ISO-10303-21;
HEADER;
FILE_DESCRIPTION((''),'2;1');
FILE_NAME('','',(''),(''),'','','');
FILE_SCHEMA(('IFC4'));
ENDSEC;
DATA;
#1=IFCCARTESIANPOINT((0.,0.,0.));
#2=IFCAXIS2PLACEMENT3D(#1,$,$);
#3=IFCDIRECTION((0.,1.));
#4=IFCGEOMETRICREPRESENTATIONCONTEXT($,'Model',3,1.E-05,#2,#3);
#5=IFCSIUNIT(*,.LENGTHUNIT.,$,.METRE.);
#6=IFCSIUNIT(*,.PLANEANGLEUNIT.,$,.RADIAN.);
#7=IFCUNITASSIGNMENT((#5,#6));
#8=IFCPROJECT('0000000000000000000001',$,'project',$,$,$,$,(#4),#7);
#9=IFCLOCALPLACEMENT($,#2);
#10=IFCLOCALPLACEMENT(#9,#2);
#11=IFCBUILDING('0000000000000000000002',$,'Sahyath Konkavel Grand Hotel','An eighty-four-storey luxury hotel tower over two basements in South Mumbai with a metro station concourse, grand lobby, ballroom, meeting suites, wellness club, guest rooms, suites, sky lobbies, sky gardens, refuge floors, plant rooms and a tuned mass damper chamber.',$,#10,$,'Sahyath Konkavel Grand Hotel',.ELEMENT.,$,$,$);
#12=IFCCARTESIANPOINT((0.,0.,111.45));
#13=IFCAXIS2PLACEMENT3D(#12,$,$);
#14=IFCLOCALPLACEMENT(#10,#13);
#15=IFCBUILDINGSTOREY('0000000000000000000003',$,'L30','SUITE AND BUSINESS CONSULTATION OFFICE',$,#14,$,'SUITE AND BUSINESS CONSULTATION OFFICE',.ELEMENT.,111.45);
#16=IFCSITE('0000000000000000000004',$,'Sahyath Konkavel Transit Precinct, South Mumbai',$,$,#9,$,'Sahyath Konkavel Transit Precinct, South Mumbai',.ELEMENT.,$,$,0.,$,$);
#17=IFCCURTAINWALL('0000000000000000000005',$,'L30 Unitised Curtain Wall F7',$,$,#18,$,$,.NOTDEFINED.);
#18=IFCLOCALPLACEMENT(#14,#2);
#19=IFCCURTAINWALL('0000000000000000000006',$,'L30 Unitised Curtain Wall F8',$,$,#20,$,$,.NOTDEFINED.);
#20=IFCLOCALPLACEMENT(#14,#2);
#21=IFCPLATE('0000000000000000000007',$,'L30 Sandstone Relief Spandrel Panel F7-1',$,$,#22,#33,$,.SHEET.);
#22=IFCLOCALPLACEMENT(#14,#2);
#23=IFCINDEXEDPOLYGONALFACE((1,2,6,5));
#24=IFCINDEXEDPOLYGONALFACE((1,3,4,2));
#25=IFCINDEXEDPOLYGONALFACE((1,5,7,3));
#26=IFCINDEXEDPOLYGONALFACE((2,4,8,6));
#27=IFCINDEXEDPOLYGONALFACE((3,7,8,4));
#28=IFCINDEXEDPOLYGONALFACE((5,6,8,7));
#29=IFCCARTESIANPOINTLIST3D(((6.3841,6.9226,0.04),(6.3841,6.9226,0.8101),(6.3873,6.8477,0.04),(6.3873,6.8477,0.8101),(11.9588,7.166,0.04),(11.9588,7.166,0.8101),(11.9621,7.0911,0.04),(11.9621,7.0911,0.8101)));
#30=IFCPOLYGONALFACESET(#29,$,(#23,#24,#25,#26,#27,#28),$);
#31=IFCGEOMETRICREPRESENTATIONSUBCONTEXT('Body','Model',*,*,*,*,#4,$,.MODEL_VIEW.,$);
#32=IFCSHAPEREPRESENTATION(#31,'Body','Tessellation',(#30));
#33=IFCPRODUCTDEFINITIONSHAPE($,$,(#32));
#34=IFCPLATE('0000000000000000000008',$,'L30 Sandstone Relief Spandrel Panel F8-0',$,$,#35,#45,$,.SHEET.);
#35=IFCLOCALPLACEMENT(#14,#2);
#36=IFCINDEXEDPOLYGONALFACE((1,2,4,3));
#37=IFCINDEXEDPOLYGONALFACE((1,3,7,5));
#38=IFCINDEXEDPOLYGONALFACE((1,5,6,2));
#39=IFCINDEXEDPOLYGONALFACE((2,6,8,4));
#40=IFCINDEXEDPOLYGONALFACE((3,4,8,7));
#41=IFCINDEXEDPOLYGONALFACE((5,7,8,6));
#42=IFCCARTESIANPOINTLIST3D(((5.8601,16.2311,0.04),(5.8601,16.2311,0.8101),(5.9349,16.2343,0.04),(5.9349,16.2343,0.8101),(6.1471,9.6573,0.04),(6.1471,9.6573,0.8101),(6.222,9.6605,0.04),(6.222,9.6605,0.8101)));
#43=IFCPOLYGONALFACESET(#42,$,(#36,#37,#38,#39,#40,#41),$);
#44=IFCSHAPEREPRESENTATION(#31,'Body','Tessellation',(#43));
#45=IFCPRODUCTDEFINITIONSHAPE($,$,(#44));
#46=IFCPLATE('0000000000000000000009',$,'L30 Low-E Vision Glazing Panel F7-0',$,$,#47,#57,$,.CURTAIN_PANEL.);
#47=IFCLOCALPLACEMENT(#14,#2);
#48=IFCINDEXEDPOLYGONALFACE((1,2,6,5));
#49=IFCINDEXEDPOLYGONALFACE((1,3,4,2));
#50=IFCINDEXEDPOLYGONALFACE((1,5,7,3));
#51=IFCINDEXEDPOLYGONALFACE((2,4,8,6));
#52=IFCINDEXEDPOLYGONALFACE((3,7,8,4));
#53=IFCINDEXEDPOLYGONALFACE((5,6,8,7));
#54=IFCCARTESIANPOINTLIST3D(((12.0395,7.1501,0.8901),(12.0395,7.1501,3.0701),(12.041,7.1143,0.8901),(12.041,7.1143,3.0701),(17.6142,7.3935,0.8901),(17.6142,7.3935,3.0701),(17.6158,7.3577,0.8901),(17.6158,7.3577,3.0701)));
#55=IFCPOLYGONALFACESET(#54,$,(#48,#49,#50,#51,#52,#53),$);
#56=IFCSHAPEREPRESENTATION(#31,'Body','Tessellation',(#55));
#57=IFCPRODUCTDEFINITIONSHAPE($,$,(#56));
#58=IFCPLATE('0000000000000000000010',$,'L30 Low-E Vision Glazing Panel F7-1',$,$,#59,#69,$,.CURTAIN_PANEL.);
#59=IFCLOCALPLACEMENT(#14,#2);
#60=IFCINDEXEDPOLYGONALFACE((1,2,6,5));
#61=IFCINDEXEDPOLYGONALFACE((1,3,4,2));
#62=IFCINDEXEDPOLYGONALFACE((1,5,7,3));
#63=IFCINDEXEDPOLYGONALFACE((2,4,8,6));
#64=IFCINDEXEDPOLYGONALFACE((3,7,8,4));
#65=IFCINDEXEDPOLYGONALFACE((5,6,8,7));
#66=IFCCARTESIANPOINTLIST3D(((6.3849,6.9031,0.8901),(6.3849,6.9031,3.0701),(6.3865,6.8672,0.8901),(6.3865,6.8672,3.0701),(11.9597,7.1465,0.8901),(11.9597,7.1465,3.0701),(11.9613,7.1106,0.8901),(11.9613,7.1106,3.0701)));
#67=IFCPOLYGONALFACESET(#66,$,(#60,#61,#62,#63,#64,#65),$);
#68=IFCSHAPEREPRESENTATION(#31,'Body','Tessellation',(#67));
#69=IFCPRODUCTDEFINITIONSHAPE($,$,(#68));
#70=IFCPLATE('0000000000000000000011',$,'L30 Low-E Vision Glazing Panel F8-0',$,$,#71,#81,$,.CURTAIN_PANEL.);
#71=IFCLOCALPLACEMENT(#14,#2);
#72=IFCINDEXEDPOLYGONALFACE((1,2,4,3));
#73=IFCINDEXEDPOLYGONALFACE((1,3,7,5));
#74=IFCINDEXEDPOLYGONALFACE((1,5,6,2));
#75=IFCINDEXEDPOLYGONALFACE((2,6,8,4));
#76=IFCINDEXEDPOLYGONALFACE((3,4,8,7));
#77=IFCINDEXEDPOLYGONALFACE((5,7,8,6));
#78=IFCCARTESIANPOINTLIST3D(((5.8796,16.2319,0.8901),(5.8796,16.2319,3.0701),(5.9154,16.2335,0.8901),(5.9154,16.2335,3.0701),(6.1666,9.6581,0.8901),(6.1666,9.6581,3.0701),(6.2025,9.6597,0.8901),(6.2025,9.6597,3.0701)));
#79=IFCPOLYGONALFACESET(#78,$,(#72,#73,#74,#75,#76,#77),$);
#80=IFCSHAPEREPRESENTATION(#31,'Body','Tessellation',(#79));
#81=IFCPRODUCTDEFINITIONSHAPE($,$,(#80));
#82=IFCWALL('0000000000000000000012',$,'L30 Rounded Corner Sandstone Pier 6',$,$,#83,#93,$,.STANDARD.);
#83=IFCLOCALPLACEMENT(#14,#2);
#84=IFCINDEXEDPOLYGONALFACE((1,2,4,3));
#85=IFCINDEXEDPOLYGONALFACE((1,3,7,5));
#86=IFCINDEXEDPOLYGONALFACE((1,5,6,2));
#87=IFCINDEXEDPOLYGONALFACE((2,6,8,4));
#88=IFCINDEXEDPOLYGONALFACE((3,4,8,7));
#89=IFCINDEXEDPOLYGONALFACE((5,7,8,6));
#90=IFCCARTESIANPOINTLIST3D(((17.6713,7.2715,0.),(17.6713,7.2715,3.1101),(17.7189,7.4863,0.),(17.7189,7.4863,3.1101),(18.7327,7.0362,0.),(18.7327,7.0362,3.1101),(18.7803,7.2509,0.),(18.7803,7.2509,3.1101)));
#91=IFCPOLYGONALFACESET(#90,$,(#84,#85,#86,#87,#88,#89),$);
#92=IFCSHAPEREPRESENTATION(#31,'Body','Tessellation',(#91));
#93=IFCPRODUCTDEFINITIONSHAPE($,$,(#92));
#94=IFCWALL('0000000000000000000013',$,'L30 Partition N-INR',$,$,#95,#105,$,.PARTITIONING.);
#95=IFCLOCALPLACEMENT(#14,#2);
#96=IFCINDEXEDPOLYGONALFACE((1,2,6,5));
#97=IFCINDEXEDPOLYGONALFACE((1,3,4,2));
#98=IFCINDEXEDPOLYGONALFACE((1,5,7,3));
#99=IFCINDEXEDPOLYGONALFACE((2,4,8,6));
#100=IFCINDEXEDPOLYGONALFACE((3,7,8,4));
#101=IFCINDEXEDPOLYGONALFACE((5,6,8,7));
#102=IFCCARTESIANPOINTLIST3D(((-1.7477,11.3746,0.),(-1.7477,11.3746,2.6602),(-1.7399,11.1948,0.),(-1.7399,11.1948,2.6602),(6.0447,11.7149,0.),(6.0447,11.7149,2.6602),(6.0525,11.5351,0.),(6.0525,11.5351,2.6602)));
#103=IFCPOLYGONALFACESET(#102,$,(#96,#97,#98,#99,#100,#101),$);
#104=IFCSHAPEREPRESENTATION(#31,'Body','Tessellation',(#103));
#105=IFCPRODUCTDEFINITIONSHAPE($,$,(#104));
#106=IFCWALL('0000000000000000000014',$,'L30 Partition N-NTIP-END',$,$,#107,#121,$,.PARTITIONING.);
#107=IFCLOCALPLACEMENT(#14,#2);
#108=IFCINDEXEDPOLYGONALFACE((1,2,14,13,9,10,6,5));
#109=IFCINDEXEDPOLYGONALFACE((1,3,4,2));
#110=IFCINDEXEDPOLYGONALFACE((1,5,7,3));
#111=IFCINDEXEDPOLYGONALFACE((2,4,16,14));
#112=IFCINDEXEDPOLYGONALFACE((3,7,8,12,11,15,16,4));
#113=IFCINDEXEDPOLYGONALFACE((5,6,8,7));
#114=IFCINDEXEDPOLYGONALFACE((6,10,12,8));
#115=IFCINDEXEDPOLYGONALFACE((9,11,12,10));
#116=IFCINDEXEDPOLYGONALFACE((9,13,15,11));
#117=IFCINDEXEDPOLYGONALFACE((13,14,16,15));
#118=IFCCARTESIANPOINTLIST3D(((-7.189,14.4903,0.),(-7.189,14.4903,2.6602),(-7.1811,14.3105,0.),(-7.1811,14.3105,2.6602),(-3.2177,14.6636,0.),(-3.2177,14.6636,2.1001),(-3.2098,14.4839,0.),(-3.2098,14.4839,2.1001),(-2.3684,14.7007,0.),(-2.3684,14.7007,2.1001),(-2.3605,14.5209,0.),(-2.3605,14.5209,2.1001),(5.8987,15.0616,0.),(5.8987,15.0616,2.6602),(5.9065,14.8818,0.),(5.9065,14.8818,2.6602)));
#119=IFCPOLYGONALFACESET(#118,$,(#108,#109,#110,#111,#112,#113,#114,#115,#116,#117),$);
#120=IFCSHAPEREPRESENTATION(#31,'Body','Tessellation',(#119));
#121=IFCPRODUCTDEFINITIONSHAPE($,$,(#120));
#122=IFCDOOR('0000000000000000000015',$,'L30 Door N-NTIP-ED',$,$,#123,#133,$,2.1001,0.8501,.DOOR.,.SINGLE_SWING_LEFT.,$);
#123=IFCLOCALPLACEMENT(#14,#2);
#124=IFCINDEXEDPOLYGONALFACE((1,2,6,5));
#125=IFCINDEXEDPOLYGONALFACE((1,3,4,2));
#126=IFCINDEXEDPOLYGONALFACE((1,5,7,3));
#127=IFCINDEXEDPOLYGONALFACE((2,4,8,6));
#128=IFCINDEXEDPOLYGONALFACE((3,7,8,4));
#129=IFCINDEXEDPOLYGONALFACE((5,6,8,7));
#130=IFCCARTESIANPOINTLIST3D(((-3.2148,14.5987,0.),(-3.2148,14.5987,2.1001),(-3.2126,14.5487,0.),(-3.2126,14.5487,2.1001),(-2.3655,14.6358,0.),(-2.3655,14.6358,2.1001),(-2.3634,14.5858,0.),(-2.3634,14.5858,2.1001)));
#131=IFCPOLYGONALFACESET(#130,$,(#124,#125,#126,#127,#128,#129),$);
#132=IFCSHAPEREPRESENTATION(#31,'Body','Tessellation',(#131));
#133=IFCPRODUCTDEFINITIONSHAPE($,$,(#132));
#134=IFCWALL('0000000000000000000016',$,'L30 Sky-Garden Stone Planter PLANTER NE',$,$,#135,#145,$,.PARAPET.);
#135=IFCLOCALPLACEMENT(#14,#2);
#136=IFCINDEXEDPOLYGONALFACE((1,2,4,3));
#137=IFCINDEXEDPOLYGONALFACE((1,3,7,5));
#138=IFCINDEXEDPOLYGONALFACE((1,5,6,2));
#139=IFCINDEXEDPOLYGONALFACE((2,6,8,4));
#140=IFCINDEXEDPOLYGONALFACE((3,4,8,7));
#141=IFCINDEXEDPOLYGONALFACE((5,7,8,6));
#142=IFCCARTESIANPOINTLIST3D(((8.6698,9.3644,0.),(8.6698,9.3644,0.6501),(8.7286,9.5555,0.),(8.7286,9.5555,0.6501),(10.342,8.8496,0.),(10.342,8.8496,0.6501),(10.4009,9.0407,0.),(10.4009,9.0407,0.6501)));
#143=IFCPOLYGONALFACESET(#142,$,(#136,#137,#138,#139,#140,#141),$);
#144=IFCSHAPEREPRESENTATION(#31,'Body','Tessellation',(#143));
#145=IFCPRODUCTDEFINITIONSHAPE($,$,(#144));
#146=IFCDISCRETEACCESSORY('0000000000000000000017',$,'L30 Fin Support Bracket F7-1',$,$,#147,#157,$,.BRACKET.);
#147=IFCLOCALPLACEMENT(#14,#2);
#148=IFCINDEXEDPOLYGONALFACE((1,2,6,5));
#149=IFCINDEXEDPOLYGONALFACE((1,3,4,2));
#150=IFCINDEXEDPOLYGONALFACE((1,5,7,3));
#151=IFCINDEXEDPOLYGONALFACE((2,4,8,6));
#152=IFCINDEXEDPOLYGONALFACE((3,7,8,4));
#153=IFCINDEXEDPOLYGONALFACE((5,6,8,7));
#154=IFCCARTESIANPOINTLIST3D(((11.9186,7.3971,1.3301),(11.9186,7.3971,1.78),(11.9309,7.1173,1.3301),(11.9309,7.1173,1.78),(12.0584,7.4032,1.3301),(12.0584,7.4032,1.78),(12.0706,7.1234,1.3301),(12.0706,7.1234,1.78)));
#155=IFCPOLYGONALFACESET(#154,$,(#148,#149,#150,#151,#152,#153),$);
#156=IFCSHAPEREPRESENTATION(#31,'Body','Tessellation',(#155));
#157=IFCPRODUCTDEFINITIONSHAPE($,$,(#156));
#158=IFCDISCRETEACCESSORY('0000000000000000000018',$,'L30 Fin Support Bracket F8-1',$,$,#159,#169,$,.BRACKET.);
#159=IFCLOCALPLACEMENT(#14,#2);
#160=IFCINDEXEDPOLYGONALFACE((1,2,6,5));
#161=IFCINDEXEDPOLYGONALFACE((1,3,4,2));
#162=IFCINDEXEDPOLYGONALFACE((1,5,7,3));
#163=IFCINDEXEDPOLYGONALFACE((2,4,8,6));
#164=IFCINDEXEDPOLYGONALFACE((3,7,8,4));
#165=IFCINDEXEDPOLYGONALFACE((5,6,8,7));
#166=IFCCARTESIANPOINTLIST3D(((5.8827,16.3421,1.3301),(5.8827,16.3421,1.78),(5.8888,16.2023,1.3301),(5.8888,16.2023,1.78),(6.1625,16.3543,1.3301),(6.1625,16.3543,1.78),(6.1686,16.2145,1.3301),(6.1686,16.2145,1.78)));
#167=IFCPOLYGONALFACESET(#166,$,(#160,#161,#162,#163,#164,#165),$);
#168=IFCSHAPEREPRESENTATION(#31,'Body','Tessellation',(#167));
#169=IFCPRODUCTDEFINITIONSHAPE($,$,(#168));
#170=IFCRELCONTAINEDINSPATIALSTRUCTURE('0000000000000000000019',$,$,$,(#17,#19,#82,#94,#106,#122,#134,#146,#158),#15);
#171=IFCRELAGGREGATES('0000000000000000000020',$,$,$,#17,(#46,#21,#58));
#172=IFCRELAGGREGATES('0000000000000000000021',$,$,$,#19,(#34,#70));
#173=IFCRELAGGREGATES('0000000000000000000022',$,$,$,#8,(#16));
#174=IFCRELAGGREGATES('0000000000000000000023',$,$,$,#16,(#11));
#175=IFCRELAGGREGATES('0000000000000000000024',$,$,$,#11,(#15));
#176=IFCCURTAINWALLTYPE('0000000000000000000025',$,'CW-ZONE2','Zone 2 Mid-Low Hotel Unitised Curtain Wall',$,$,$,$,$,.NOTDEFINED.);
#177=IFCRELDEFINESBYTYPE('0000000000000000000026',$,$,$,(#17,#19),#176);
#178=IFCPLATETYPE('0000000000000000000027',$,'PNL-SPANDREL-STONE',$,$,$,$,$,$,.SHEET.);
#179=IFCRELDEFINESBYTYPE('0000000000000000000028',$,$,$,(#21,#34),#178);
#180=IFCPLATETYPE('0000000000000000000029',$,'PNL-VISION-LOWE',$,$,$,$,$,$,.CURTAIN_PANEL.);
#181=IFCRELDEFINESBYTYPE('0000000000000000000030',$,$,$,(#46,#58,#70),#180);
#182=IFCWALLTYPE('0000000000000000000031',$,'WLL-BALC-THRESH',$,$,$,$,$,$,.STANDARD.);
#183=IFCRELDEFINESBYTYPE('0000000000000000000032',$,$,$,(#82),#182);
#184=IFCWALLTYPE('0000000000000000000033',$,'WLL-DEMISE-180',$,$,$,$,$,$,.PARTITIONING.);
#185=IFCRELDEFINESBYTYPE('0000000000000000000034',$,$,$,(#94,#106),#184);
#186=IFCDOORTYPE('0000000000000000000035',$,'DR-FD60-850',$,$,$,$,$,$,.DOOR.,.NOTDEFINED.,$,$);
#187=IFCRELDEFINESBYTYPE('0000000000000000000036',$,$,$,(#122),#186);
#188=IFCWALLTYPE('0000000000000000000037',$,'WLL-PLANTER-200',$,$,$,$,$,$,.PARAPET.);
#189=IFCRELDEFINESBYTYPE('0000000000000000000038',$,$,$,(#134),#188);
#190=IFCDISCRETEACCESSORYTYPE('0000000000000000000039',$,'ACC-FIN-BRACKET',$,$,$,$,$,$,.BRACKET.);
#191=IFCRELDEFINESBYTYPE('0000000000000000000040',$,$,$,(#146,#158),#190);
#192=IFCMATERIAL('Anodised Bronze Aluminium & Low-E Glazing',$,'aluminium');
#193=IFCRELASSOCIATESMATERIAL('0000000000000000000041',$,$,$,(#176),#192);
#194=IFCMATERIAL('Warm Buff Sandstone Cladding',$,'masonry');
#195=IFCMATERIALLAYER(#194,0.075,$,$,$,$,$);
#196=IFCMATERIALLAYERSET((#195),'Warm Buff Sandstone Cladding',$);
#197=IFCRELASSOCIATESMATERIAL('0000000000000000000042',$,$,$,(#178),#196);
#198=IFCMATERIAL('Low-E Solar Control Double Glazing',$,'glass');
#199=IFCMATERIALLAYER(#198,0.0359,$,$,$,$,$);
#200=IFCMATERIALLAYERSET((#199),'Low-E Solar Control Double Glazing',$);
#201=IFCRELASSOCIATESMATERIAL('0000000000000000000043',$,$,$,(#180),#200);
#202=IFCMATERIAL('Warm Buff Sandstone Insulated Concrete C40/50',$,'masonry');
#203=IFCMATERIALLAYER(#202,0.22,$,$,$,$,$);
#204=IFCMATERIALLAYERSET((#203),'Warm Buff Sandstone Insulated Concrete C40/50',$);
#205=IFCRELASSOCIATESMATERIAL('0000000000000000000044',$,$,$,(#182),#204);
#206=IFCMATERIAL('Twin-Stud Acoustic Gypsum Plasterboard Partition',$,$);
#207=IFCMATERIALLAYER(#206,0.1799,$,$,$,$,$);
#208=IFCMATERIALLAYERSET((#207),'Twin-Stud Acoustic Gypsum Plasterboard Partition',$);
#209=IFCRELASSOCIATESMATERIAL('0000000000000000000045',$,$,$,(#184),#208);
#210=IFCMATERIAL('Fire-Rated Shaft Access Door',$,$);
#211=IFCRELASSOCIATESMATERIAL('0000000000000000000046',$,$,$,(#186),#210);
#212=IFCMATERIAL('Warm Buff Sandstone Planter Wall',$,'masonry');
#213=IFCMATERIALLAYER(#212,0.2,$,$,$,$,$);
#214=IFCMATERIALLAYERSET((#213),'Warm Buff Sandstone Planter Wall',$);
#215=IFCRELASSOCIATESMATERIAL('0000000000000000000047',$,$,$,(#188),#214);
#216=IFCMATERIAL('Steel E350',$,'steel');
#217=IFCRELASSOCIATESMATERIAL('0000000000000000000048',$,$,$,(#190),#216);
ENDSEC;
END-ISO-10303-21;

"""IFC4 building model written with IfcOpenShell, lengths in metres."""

from ifc_helpers import new_model, si_unit, direction, frame, frame_2d, origin, origin_2d, place, context, subcontext, project, spatial, rectangle, extrude, source, transform, mapped, material, layer, layer_set, type_object, element, fill, aggregate, save


model = new_model("IFC4")

# Units and contexts
model_context = context("Model", 3, precision=1e-05, world=origin(), true_north=direction((0.0, 1.0)))
body_context = subcontext(model_context, "Body", "Model", "MODEL_VIEW")
ifc_project = project(units=[si_unit("LENGTHUNIT", "METRE"), si_unit("PLANEANGLEUNIT", "RADIAN")], contexts=[model_context])

# Site, building, storey
site_placement = place(None, origin())
site = spatial("IfcSite", under=ifc_project, at=site_placement, Name="Sahyath Konkavel Transit Precinct, South Mumbai", LongName="Sahyath Konkavel Transit Precinct, South Mumbai", CompositionType="ELEMENT", RefElevation=0.0)
building_placement = place(site_placement, origin())
building = spatial("IfcBuilding", under=site, at=building_placement, Name="Sahyath Konkavel Grand Hotel", Description="An eighty-four-storey luxury hotel tower over two basements in South Mumbai with a metro station concourse, grand lobby, ballroom, meeting suites, wellness club, guest rooms, suites, sky lobbies, sky gardens, refuge floors, plant rooms and a tuned mass damper chamber.", LongName="Sahyath Konkavel Grand Hotel", CompositionType="ELEMENT")
storey_placement = place(building_placement, frame((0.0, 0.0, 111.45)))
storey = spatial("IfcBuildingStorey", under=building, at=storey_placement, Name="L30", Description="SUITE AND BUSINESS CONSULTATION OFFICE", LongName="SUITE AND BUSINESS CONSULTATION OFFICE", CompositionType="ELEMENT", Elevation=111.45)

# Curtain walls
ifc_material_1 = material(Name="Anodised Bronze Aluminium & Low-E Glazing", Category="aluminium")
curtain_wall_type = type_object("IfcCurtainWallType", Name="CW-ZONE2", Description="Zone 2 Mid-Low Hotel Unitised Curtain Wall", PredefinedType="NOTDEFINED", material=ifc_material_1)
curtain_wall_1_placement = place(storey_placement, origin())
curtain_wall_1 = element("IfcCurtainWall", 1, at=curtain_wall_1_placement, inside=storey, type_object=curtain_wall_type, Name="L30 Unitised Curtain Wall F7", PredefinedType="NOTDEFINED")
curtain_wall_2_placement = place(storey_placement, origin())
curtain_wall_2 = element("IfcCurtainWall", 2, at=curtain_wall_2_placement, inside=storey, type_object=curtain_wall_type, Name="L30 Unitised Curtain Wall F8", PredefinedType="NOTDEFINED")

# Plates
ifc_material_2 = material(Name="Warm Buff Sandstone Cladding", Category="masonry")
ifc_layer_1 = layer(ifc_material_2, 0.075)
ifc_layer_set_1 = layer_set([ifc_layer_1], Name="Warm Buff Sandstone Cladding")
plate_type_1 = type_object("IfcPlateType", Name="PNL-SPANDREL-STONE", PredefinedType="SHEET", material=ifc_layer_set_1)
shared_shape_1 = source(origin(), body_context, "Body", "SweptSolid", [
    extrude(rectangle(XDim=5.5801, YDim=0.075, at=origin_2d()), origin(), (0.0, 0.0, 1.0), 0.77),
])
plate_1_placement = place(storey_placement, frame((9.1731, 7.0068, 0.04), z_axis=(0.0, 0.0, 1.0), x_axis=(-0.999048, -0.043619, 0.0)))
plate_1 = element("IfcPlate", 3, at=plate_1_placement, type_object=plate_type_1, Name="L30 Sandstone Relief Spandrel Panel F7-1", PredefinedType="SHEET", context=body_context, shape_type="MappedRepresentation", body=[
    mapped(shared_shape_1, transform((0.0, 0.0, 0.0), scale=1.0)),
])
shared_shape_2 = source(origin(), body_context, "Body", "SweptSolid", [
    extrude(rectangle(XDim=6.5801, YDim=0.075, at=origin_2d()), origin(), (0.0, 0.0, 1.0), 0.77),
])
plate_2_placement = place(storey_placement, frame((6.041, 12.9458, 0.04), z_axis=(0.0, 0.0, 1.0), x_axis=(-0.043619, 0.999048, 0.0)))
plate_2 = element("IfcPlate", 4, at=plate_2_placement, type_object=plate_type_1, Name="L30 Sandstone Relief Spandrel Panel F8-0", PredefinedType="SHEET", context=body_context, shape_type="MappedRepresentation", body=[
    mapped(shared_shape_2, transform((0.0, 0.0, 0.0), scale=1.0)),
])
ifc_material_3 = material(Name="Low-E Solar Control Double Glazing", Category="glass")
ifc_layer_2 = layer(ifc_material_3, 0.0359)
ifc_layer_set_2 = layer_set([ifc_layer_2], Name="Low-E Solar Control Double Glazing")
plate_type_2 = type_object("IfcPlateType", Name="PNL-VISION-LOWE", PredefinedType="CURTAIN_PANEL", material=ifc_layer_set_2)
shared_shape_3 = source(origin(), body_context, "Body", "SweptSolid", [
    extrude(rectangle(XDim=5.5801, YDim=0.0359, at=origin_2d()), origin(), (0.0, 0.0, 1.0), 2.1799),
])
plate_3_placement = place(storey_placement, frame((14.8276, 7.2539, 0.8901), z_axis=(0.0, 0.0, 1.0), x_axis=(-0.999048, -0.043619, 0.0)))
plate_3 = element("IfcPlate", 5, at=plate_3_placement, type_object=plate_type_2, Name="L30 Low-E Vision Glazing Panel F7-0", PredefinedType="CURTAIN_PANEL", context=body_context, shape_type="MappedRepresentation", body=[
    mapped(shared_shape_3, transform((0.0, 0.0, 0.0), scale=1.0)),
])
plate_4_placement = place(storey_placement, frame((9.1731, 7.0068, 0.8901), z_axis=(0.0, 0.0, 1.0), x_axis=(-0.999048, -0.043619, 0.0)))
plate_4 = element("IfcPlate", 6, at=plate_4_placement, type_object=plate_type_2, Name="L30 Low-E Vision Glazing Panel F7-1", PredefinedType="CURTAIN_PANEL", context=body_context, shape_type="MappedRepresentation", body=[
    mapped(shared_shape_3, transform((0.0, 0.0, 0.0), scale=1.0)),
])
aggregate(curtain_wall_1, [plate_3, plate_1, plate_4])
shared_shape_4 = source(origin(), body_context, "Body", "SweptSolid", [
    extrude(rectangle(XDim=6.5801, YDim=0.0359, at=origin_2d()), origin(), (0.0, 0.0, 1.0), 2.1799),
])
plate_5_placement = place(storey_placement, frame((6.041, 12.9458, 0.8901), z_axis=(0.0, 0.0, 1.0), x_axis=(-0.043619, 0.999048, 0.0)))
plate_5 = element("IfcPlate", 7, at=plate_5_placement, type_object=plate_type_2, Name="L30 Low-E Vision Glazing Panel F8-0", PredefinedType="CURTAIN_PANEL", context=body_context, shape_type="MappedRepresentation", body=[
    mapped(shared_shape_4, transform((0.0, 0.0, 0.0), scale=1.0)),
])
aggregate(curtain_wall_2, [plate_2, plate_5])

# Walls
ifc_material_4 = material(Name="Warm Buff Sandstone Insulated Concrete C40/50", Category="masonry")
ifc_layer_3 = layer(ifc_material_4, 0.22)
ifc_layer_set_3 = layer_set([ifc_layer_3], Name="Warm Buff Sandstone Insulated Concrete C40/50")
wall_type_1 = type_object("IfcWallType", Name="WLL-BALC-THRESH", PredefinedType="STANDARD", material=ifc_layer_set_3)
wall_1_placement = place(storey_placement, frame((18.7563, 7.1436, 0.0), z_axis=(0.0, 0.0, 1.0), x_axis=(-0.976282, 0.216502, 0.0)))
element("IfcWall", 8, at=wall_1_placement, inside=storey, type_object=wall_type_1, Name="L30 Rounded Corner Sandstone Pier 6", PredefinedType="STANDARD", context=body_context, shape_type="SweptSolid", body=[
    extrude(rectangle(XDim=1.0872, YDim=0.22, at=frame_2d((0.5435, 0.0))), origin(), (0.0, 0.0, 1.0), 3.1101),
])
ifc_material_5 = material(Name="Twin-Stud Acoustic Gypsum Plasterboard Partition")
ifc_layer_4 = layer(ifc_material_5, 0.1799)
ifc_layer_set_4 = layer_set([ifc_layer_4], Name="Twin-Stud Acoustic Gypsum Plasterboard Partition")
wall_type_2 = type_object("IfcWallType", Name="WLL-DEMISE-180", PredefinedType="PARTITIONING", material=ifc_layer_set_4)
wall_2_placement = place(storey_placement, frame((6.0486, 11.625, 0.0), z_axis=(0.0, 0.0, 1.0), x_axis=(-0.999048, -0.043633, 0.0)))
element("IfcWall", 9, at=wall_2_placement, inside=storey, type_object=wall_type_2, Name="L30 Partition N-INR", PredefinedType="PARTITIONING", context=body_context, shape_type="SweptSolid", body=[
    extrude(rectangle(XDim=7.7998, YDim=0.1799, at=frame_2d((3.8999, 0.0))), origin(), (0.0, 0.0, 1.0), 2.6602),
])

# Wall, opening, door
wall_3_placement = place(storey_placement, frame((5.9026, 14.9717, 0.0), z_axis=(0.0, 0.0, 1.0), x_axis=(-0.999049, -0.043609, 0.0)))
wall_3 = element("IfcWall", 10, at=wall_3_placement, inside=storey, type_object=wall_type_2, Name="L30 Partition N-NTIP-END", PredefinedType="PARTITIONING", context=body_context, shape_type="SweptSolid", body=[
    extrude(rectangle(XDim=13.1001, YDim=0.1799, at=frame_2d((6.55, 0.0))), origin(), (0.0, 0.0, 1.0), 2.6602),
])
opening_placement = place(wall_3_placement, frame((8.2749, 0.0, 0.0)))
opening = element("IfcOpeningElement", 11, at=opening_placement, cuts=wall_3, PredefinedType="OPENING", context=body_context, shape_type="SweptSolid", body=[
    extrude(rectangle(XDim=0.8501, YDim=2.1001, at=frame_2d((0.425, 1.05))), frame((0.0, 0.1001, 0.0), z_axis=(0.0, -1.0, 0.0), x_axis=(1.0, 0.0, 0.0)), (0.0, 0.0, 1.0), 0.2),
])
ifc_material_6 = material(Name="Fire-Rated Shaft Access Door")
door_type = type_object("IfcDoorType", Name="DR-FD60-850", OperationType="NOTDEFINED", PredefinedType="DOOR", material=ifc_material_6)
shared_shape_5 = source(origin(), body_context, "Body", "SweptSolid", [
    extrude(rectangle(XDim=0.8501, YDim=0.05, at=origin_2d()), origin(), (0.0, 0.0, 1.0), 2.1001),
])
door_placement = place(opening_placement, frame((0.425, 0.0, 0.0)))
door = element("IfcDoor", 12, at=door_placement, inside=storey, type_object=door_type, Name="L30 Door N-NTIP-ED", OperationType="SINGLE_SWING_LEFT", OverallHeight=2.1001, OverallWidth=0.8501, PredefinedType="DOOR", context=body_context, shape_type="MappedRepresentation", body=[
    mapped(shared_shape_5, transform((0.0, 0.0, 0.0), scale=1.0)),
])
fill(opening, door)

# Wall
ifc_material_7 = material(Name="Warm Buff Sandstone Planter Wall", Category="masonry")
ifc_layer_5 = layer(ifc_material_7, 0.2)
ifc_layer_set_5 = layer_set([ifc_layer_5], Name="Warm Buff Sandstone Planter Wall")
wall_type_3 = type_object("IfcWallType", Name="WLL-PLANTER-200", PredefinedType="PARAPET", material=ifc_layer_set_5)
wall_4_placement = place(storey_placement, frame((10.3716, 8.9451, 0.0), z_axis=(0.0, 0.0, 1.0), x_axis=(-0.955728, 0.294253, 0.0)))
element("IfcWall", 13, at=wall_4_placement, inside=storey, type_object=wall_type_3, Name="L30 Sky-Garden Stone Planter PLANTER NE", PredefinedType="PARAPET", context=body_context, shape_type="SweptSolid", body=[
    extrude(rectangle(XDim=1.7498, YDim=0.2, at=frame_2d((0.875, 0.0))), origin(), (0.0, 0.0, 1.0), 0.6501),
])

# Discrete accessories
ifc_material_8 = material(Name="Steel E350", Category="steel")
discrete_accessory_type = type_object("IfcDiscreteAccessoryType", Name="ACC-FIN-BRACKET", PredefinedType="BRACKET", material=ifc_material_8)
shared_shape_6 = source(origin(), body_context, "Body", "SweptSolid", [
    extrude(rectangle(XDim=0.28, YDim=0.1399, at=origin_2d()), origin(), (0.0, 0.0, 1.0), 0.45),
])
for number, where, z_axis, x_axis, name in (
    (14, (11.9946, 7.2603, 1.3301), (0.0, 0.0, 1.0), (-0.043619, 0.999048, 0.0), "L30 Fin Support Bracket F7-1"),
    (15, (6.0256, 16.2783, 1.3301), (0.0, 0.0, 1.0), (0.999048, 0.043619, 0.0), "L30 Fin Support Bracket F8-1"),
):
    element("IfcDiscreteAccessory", number, at=place(storey_placement, frame(where, z_axis=z_axis, x_axis=x_axis)), inside=storey, type_object=discrete_accessory_type, Name=name, PredefinedType="BRACKET", context=body_context, shape_type="MappedRepresentation", body=[
        mapped(shared_shape_6, transform((0.0, 0.0, 0.0), scale=1.0)),
    ])

save(model, "model.ifc")
